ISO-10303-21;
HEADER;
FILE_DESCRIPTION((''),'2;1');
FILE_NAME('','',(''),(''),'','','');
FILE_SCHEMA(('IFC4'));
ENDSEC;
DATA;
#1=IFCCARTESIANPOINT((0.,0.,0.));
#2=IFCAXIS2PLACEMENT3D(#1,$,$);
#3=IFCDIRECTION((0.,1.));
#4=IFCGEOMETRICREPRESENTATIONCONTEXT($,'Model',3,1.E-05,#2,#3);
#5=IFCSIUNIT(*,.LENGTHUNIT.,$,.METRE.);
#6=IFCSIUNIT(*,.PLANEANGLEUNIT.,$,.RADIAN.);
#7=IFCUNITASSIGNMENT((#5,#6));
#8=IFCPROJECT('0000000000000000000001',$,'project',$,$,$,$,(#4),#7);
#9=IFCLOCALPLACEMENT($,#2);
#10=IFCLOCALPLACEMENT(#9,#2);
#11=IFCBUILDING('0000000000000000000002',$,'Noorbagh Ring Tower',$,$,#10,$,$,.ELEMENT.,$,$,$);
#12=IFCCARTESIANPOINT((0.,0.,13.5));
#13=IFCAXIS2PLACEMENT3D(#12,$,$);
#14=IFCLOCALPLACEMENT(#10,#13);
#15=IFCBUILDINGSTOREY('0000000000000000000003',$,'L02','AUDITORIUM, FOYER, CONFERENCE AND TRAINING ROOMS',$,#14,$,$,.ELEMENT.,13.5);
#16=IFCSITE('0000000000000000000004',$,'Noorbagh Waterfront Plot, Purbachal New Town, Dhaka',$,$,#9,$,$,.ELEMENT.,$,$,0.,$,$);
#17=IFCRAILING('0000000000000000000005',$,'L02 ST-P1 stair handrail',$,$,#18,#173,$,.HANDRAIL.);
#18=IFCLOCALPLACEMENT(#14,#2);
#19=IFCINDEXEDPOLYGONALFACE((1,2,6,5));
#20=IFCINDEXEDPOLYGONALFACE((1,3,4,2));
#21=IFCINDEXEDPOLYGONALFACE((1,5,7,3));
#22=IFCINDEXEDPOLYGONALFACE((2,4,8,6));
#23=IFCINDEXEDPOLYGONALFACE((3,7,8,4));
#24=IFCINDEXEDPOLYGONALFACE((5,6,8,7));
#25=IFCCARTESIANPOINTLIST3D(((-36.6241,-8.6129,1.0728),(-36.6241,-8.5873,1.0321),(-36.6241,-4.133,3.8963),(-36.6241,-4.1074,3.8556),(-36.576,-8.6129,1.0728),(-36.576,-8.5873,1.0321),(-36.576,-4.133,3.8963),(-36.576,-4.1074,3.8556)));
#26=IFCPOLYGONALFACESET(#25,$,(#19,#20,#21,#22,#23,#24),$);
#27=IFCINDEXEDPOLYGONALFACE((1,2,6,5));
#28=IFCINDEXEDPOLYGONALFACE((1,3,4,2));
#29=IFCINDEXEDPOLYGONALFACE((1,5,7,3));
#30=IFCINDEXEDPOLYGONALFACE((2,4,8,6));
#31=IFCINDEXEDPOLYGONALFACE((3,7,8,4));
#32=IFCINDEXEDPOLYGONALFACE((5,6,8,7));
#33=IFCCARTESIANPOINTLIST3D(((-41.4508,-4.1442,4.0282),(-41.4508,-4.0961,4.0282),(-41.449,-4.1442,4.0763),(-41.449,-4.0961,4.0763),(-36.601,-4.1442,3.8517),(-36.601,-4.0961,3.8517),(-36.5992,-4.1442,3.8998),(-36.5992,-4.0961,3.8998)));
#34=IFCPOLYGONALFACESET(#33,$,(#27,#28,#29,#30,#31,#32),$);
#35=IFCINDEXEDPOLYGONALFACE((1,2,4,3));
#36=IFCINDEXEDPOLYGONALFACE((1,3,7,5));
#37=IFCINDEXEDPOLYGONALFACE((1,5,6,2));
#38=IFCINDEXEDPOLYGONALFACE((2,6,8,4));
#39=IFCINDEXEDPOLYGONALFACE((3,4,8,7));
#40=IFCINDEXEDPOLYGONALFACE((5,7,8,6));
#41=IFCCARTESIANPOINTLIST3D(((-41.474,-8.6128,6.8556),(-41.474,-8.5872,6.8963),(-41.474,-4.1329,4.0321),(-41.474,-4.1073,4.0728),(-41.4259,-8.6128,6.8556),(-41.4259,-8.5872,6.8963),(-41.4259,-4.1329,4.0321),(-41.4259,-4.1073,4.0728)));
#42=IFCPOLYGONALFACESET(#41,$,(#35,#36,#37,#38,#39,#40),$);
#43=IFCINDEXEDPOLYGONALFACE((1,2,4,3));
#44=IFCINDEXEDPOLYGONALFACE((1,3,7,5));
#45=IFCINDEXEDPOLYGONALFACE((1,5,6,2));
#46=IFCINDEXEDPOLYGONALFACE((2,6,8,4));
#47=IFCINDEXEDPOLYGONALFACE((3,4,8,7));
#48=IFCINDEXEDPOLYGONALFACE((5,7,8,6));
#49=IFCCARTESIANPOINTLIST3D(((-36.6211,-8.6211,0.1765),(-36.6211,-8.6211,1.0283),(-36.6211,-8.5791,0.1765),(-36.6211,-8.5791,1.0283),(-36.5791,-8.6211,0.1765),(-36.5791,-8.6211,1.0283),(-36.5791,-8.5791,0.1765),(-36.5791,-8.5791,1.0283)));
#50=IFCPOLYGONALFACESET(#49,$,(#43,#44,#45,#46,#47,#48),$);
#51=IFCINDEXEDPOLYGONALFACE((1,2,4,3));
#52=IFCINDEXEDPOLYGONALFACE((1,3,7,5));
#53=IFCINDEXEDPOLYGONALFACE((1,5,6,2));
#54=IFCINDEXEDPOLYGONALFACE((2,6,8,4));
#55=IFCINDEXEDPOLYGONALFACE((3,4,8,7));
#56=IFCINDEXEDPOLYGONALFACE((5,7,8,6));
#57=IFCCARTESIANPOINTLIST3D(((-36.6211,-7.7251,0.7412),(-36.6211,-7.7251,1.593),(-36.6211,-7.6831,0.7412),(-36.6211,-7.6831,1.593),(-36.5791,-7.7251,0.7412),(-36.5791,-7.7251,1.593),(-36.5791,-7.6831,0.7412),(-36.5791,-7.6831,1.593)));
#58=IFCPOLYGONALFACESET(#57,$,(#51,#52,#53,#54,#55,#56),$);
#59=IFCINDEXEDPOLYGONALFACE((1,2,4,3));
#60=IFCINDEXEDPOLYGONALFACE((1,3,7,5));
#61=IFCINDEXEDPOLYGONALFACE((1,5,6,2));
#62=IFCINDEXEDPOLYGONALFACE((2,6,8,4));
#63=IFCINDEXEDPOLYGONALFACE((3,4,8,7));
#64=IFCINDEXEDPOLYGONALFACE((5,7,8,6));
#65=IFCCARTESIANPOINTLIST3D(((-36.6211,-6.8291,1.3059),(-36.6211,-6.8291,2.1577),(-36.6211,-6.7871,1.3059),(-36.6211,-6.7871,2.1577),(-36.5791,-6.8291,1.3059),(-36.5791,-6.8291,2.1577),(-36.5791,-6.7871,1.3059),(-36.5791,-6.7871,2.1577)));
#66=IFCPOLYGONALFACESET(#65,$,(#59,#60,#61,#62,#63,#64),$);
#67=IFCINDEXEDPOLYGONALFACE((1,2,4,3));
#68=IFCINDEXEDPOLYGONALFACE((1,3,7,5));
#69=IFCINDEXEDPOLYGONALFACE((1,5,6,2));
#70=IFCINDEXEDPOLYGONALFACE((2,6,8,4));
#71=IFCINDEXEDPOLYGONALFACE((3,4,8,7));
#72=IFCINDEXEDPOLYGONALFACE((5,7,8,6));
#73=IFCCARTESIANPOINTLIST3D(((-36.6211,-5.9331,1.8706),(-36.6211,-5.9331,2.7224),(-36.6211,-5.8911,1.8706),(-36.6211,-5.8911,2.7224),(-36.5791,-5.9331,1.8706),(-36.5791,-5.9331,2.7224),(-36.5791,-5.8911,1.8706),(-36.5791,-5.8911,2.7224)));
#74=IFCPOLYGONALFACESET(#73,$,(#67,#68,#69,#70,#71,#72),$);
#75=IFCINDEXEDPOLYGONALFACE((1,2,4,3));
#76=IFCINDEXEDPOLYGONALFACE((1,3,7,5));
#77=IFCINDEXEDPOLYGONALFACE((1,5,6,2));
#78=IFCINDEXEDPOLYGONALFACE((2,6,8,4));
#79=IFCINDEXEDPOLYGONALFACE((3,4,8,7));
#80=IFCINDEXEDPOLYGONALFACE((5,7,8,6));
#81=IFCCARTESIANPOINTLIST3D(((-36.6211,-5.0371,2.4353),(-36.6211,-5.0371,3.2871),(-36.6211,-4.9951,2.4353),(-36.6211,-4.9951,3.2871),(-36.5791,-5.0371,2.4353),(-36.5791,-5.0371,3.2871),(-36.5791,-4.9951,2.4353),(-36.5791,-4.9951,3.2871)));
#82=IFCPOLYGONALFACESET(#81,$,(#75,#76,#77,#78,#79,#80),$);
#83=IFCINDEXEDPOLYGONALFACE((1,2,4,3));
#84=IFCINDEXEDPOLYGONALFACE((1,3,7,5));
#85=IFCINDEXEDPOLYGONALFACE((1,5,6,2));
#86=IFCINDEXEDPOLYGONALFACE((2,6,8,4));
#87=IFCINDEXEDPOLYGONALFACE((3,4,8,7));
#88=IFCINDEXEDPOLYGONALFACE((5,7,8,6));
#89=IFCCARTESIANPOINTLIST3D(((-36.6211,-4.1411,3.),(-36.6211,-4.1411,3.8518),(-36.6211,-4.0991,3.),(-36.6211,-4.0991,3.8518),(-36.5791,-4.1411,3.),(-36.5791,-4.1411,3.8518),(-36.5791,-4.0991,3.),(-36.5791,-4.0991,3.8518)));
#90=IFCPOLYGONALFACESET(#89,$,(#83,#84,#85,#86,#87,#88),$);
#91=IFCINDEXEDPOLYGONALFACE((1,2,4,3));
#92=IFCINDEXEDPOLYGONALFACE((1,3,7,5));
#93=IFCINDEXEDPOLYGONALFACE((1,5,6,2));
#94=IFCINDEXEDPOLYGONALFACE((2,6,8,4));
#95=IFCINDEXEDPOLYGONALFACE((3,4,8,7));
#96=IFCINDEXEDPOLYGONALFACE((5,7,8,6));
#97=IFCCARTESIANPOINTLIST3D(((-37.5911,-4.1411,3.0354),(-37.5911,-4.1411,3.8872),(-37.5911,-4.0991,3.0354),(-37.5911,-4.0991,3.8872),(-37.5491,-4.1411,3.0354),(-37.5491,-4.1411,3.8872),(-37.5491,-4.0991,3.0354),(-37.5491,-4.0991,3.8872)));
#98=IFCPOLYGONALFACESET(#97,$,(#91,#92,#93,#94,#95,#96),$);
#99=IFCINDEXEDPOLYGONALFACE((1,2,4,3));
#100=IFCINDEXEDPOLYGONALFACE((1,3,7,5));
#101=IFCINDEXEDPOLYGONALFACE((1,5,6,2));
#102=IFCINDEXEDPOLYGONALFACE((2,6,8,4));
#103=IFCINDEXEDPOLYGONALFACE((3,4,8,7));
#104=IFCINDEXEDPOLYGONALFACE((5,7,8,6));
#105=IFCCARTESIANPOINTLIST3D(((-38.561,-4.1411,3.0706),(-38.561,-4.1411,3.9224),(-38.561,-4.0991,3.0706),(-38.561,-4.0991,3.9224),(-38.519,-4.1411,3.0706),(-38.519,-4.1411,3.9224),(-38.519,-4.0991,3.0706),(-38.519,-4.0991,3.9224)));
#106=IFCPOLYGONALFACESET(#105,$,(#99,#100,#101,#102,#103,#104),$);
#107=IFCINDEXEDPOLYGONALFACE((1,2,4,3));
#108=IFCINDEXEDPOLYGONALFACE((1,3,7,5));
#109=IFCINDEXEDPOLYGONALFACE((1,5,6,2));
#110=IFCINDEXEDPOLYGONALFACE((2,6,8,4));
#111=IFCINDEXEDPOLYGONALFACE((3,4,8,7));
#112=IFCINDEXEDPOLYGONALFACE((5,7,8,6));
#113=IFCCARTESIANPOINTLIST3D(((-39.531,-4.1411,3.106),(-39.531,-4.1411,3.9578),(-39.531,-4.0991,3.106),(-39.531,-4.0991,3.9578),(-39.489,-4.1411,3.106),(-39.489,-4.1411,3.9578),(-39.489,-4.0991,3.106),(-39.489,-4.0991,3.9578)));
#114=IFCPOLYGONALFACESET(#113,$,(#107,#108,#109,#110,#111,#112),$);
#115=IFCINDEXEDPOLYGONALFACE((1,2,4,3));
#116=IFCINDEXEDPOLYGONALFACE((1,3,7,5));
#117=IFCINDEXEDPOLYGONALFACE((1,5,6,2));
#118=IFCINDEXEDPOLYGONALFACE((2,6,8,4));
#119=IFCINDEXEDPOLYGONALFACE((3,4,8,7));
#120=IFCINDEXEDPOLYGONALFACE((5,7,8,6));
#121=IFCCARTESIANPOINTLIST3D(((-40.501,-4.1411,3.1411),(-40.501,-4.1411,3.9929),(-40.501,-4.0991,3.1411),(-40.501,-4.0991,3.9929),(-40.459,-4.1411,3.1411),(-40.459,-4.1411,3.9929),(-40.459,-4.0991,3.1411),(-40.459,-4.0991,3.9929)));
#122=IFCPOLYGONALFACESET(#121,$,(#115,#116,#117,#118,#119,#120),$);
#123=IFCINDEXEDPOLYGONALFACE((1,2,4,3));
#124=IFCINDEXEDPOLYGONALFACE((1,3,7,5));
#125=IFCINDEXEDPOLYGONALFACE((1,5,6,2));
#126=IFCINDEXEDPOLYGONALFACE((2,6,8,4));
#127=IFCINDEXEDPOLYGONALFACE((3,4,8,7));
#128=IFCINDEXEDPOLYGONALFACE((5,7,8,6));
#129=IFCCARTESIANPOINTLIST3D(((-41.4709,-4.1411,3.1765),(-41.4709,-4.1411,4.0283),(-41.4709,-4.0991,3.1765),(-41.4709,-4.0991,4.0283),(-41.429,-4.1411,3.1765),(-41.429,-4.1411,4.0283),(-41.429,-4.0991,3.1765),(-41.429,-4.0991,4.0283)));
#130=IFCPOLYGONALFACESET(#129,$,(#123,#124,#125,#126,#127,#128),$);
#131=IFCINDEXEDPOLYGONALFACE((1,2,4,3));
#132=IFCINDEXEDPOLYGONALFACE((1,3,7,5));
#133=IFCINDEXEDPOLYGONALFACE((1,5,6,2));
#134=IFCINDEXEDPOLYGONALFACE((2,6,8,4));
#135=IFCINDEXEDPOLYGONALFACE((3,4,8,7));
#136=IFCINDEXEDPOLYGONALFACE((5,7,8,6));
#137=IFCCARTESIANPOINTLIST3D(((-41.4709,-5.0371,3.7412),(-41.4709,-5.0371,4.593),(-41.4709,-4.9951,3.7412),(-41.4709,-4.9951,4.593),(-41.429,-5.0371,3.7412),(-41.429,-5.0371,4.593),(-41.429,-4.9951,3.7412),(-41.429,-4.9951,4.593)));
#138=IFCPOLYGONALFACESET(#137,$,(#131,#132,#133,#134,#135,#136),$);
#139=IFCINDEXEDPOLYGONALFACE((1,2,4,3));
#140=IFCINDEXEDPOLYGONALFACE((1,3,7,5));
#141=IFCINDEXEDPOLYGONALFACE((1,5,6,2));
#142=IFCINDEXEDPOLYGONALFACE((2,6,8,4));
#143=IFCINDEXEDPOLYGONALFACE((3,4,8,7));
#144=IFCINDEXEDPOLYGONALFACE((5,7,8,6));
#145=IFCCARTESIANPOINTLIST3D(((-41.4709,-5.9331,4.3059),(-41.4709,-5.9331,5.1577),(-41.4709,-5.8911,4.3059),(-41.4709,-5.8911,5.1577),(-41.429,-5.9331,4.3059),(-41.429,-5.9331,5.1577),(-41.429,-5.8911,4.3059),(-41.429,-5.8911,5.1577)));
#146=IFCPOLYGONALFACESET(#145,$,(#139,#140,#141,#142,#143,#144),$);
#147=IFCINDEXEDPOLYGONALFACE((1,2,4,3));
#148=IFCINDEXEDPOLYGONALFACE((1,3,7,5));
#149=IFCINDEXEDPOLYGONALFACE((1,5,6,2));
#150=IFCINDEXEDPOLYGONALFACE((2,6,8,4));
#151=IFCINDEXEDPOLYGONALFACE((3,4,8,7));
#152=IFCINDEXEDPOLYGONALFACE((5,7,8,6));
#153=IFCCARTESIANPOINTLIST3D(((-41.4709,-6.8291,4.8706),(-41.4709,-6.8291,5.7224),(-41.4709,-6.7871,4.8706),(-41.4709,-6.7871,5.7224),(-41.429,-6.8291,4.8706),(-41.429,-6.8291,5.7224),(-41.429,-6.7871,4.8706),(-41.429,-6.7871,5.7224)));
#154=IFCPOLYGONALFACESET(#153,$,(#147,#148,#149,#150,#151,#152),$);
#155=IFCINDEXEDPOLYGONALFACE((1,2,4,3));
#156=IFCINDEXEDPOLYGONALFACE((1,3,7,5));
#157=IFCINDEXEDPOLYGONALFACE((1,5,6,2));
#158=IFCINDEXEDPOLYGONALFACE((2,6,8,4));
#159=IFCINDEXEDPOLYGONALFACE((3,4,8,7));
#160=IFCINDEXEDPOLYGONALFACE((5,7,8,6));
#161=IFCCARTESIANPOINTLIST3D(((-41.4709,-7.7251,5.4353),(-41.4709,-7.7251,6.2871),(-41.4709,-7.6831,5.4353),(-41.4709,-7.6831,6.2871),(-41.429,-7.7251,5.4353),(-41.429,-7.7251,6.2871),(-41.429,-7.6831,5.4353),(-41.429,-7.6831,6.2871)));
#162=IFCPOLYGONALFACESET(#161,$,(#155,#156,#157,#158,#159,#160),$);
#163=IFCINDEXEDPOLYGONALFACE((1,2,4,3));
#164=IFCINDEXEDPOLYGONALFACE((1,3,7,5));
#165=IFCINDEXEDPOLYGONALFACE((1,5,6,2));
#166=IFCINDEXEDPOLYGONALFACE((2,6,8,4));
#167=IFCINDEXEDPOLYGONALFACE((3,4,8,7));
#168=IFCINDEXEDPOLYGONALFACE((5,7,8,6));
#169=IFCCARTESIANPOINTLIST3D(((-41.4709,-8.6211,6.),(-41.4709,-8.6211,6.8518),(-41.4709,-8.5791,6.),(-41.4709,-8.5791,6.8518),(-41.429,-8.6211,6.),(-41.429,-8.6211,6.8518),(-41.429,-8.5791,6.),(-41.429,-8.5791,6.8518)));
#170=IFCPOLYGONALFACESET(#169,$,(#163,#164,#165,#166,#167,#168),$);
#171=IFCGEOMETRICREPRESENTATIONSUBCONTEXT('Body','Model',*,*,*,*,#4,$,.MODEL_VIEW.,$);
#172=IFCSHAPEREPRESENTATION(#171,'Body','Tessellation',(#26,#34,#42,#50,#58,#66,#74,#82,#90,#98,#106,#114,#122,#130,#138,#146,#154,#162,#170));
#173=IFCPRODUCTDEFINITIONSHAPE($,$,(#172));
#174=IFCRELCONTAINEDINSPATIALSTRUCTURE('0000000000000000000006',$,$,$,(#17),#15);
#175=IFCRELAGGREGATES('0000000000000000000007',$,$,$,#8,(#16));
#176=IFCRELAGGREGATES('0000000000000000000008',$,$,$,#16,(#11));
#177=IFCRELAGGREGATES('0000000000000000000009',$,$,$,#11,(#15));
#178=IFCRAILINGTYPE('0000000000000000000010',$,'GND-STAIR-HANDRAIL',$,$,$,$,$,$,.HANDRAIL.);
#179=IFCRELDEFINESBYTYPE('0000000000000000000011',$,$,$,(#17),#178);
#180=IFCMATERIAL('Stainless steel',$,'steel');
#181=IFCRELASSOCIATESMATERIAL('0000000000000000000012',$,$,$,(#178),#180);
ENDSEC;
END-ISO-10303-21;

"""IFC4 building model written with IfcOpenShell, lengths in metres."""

from ifc_helpers import new_model, si_unit, direction, frame, origin, origin_2d, place, context, subcontext, project, spatial, rectangle, extrude, material, type_object, element, save


model = new_model("IFC4")

# Units and contexts
model_context = context("Model", 3, precision=1e-05, world=origin(), true_north=direction((0.0, 1.0)))
body_context = subcontext(model_context, "Body", "Model", "MODEL_VIEW")
ifc_project = project(units=[si_unit("LENGTHUNIT", "METRE"), si_unit("PLANEANGLEUNIT", "RADIAN")], contexts=[model_context])

# Site, building, storey
site_placement = place(None, origin())
site = spatial("IfcSite", under=ifc_project, at=site_placement, Name="Noorbagh Waterfront Plot, Purbachal New Town, Dhaka", CompositionType="ELEMENT", RefElevation=0.0)
building_placement = place(site_placement, origin())
building = spatial("IfcBuilding", under=site, at=building_placement, Name="Noorbagh Ring Tower", CompositionType="ELEMENT")
storey_placement = place(building_placement, frame((0.0, 0.0, 13.5)))
storey = spatial("IfcBuildingStorey", under=building, at=storey_placement, Name="L02", Description="AUDITORIUM, FOYER, CONFERENCE AND TRAINING ROOMS", CompositionType="ELEMENT", Elevation=13.5)

# Railing
ifc_material_1 = material(Name="Stainless steel", Category="steel")
railing_type_1 = type_object("IfcRailingType", Name="GND-STAIR-HANDRAIL", PredefinedType="HANDRAIL", material=ifc_material_1)
railing_1_placement = place(storey_placement, frame((-36.6001, -8.6001, 0.1765)))
element("IfcRailing", 1, at=railing_1_placement, inside=storey, type_object=railing_type_1, Name="L02 ST-P1 stair handrail", PredefinedType="HANDRAIL", context=body_context, shape_type="SweptSolid", body=[
    extrude(rectangle(XDim=0.0481, YDim=0.0481, at=origin_2d()), frame((0.0, 0.0, 0.876), z_axis=(0.0, 0.845998, 0.533186), x_axis=(-1.0, 0.0, 0.0)), (0.0, 0.0, 1.0), 5.2954),
    extrude(rectangle(XDim=0.0481, YDim=0.0481, at=origin_2d()), frame((0.0, 4.48, 3.6992), z_axis=(-0.999338, 0.0, 0.036372), x_axis=(0.0, -1.0, 0.0)), (0.0, 0.0, 1.0), 4.853),
    extrude(rectangle(XDim=0.0481, YDim=0.0481, at=origin_2d()), frame((-4.8499, 4.48, 3.876), z_axis=(0.0, -0.845998, 0.533186), x_axis=(1.0, 0.0, 0.0)), (0.0, 0.0, 1.0), 5.2954),
    extrude(rectangle(XDim=0.042, YDim=0.042, at=origin_2d()), origin(), (0.0, 0.0, 1.0), 0.8518),
    extrude(rectangle(XDim=0.042, YDim=0.042, at=origin_2d()), frame((0.0, 0.896, 0.5647)), (0.0, 0.0, 1.0), 0.8518),
    extrude(rectangle(XDim=0.042, YDim=0.042, at=origin_2d()), frame((0.0, 1.792, 1.1294)), (0.0, 0.0, 1.0), 0.8518),
    extrude(rectangle(XDim=0.042, YDim=0.042, at=origin_2d()), frame((0.0, 2.688, 1.6941)), (0.0, 0.0, 1.0), 0.8518),
    extrude(rectangle(XDim=0.042, YDim=0.042, at=origin_2d()), frame((0.0, 3.584, 2.2588)), (0.0, 0.0, 1.0), 0.8518),
    extrude(rectangle(XDim=0.042, YDim=0.042, at=origin_2d()), frame((0.0, 4.48, 2.8235)), (0.0, 0.0, 1.0), 0.8518),
    extrude(rectangle(XDim=0.042, YDim=0.042, at=origin_2d()), frame((-0.97, 4.48, 2.8589)), (0.0, 0.0, 1.0), 0.8518),
    extrude(rectangle(XDim=0.042, YDim=0.042, at=origin_2d()), frame((-1.9399, 4.48, 2.894)), (0.0, 0.0, 1.0), 0.8518),
    extrude(rectangle(XDim=0.042, YDim=0.042, at=origin_2d()), frame((-2.9099, 4.48, 2.9294)), (0.0, 0.0, 1.0), 0.8518),
    extrude(rectangle(XDim=0.042, YDim=0.042, at=origin_2d()), frame((-3.8799, 4.48, 2.9646)), (0.0, 0.0, 1.0), 0.8518),
    extrude(rectangle(XDim=0.042, YDim=0.042, at=origin_2d()), frame((-4.8499, 4.48, 3.0)), (0.0, 0.0, 1.0), 0.8518),
    extrude(rectangle(XDim=0.042, YDim=0.042, at=origin_2d()), frame((-4.8499, 3.584, 3.5647)), (0.0, 0.0, 1.0), 0.8518),
    extrude(rectangle(XDim=0.042, YDim=0.042, at=origin_2d()), frame((-4.8499, 2.688, 4.1294)), (0.0, 0.0, 1.0), 0.8518),
    extrude(rectangle(XDim=0.042, YDim=0.042, at=origin_2d()), frame((-4.8499, 1.792, 4.6941)), (0.0, 0.0, 1.0), 0.8518),
    extrude(rectangle(XDim=0.042, YDim=0.042, at=origin_2d()), frame((-4.8499, 0.896, 5.2588)), (0.0, 0.0, 1.0), 0.8518),
    extrude(rectangle(XDim=0.042, YDim=0.042, at=origin_2d()), frame((-4.8499, 0.0, 5.8235)), (0.0, 0.0, 1.0), 0.8518),
])

save(model, "model.ifc")
